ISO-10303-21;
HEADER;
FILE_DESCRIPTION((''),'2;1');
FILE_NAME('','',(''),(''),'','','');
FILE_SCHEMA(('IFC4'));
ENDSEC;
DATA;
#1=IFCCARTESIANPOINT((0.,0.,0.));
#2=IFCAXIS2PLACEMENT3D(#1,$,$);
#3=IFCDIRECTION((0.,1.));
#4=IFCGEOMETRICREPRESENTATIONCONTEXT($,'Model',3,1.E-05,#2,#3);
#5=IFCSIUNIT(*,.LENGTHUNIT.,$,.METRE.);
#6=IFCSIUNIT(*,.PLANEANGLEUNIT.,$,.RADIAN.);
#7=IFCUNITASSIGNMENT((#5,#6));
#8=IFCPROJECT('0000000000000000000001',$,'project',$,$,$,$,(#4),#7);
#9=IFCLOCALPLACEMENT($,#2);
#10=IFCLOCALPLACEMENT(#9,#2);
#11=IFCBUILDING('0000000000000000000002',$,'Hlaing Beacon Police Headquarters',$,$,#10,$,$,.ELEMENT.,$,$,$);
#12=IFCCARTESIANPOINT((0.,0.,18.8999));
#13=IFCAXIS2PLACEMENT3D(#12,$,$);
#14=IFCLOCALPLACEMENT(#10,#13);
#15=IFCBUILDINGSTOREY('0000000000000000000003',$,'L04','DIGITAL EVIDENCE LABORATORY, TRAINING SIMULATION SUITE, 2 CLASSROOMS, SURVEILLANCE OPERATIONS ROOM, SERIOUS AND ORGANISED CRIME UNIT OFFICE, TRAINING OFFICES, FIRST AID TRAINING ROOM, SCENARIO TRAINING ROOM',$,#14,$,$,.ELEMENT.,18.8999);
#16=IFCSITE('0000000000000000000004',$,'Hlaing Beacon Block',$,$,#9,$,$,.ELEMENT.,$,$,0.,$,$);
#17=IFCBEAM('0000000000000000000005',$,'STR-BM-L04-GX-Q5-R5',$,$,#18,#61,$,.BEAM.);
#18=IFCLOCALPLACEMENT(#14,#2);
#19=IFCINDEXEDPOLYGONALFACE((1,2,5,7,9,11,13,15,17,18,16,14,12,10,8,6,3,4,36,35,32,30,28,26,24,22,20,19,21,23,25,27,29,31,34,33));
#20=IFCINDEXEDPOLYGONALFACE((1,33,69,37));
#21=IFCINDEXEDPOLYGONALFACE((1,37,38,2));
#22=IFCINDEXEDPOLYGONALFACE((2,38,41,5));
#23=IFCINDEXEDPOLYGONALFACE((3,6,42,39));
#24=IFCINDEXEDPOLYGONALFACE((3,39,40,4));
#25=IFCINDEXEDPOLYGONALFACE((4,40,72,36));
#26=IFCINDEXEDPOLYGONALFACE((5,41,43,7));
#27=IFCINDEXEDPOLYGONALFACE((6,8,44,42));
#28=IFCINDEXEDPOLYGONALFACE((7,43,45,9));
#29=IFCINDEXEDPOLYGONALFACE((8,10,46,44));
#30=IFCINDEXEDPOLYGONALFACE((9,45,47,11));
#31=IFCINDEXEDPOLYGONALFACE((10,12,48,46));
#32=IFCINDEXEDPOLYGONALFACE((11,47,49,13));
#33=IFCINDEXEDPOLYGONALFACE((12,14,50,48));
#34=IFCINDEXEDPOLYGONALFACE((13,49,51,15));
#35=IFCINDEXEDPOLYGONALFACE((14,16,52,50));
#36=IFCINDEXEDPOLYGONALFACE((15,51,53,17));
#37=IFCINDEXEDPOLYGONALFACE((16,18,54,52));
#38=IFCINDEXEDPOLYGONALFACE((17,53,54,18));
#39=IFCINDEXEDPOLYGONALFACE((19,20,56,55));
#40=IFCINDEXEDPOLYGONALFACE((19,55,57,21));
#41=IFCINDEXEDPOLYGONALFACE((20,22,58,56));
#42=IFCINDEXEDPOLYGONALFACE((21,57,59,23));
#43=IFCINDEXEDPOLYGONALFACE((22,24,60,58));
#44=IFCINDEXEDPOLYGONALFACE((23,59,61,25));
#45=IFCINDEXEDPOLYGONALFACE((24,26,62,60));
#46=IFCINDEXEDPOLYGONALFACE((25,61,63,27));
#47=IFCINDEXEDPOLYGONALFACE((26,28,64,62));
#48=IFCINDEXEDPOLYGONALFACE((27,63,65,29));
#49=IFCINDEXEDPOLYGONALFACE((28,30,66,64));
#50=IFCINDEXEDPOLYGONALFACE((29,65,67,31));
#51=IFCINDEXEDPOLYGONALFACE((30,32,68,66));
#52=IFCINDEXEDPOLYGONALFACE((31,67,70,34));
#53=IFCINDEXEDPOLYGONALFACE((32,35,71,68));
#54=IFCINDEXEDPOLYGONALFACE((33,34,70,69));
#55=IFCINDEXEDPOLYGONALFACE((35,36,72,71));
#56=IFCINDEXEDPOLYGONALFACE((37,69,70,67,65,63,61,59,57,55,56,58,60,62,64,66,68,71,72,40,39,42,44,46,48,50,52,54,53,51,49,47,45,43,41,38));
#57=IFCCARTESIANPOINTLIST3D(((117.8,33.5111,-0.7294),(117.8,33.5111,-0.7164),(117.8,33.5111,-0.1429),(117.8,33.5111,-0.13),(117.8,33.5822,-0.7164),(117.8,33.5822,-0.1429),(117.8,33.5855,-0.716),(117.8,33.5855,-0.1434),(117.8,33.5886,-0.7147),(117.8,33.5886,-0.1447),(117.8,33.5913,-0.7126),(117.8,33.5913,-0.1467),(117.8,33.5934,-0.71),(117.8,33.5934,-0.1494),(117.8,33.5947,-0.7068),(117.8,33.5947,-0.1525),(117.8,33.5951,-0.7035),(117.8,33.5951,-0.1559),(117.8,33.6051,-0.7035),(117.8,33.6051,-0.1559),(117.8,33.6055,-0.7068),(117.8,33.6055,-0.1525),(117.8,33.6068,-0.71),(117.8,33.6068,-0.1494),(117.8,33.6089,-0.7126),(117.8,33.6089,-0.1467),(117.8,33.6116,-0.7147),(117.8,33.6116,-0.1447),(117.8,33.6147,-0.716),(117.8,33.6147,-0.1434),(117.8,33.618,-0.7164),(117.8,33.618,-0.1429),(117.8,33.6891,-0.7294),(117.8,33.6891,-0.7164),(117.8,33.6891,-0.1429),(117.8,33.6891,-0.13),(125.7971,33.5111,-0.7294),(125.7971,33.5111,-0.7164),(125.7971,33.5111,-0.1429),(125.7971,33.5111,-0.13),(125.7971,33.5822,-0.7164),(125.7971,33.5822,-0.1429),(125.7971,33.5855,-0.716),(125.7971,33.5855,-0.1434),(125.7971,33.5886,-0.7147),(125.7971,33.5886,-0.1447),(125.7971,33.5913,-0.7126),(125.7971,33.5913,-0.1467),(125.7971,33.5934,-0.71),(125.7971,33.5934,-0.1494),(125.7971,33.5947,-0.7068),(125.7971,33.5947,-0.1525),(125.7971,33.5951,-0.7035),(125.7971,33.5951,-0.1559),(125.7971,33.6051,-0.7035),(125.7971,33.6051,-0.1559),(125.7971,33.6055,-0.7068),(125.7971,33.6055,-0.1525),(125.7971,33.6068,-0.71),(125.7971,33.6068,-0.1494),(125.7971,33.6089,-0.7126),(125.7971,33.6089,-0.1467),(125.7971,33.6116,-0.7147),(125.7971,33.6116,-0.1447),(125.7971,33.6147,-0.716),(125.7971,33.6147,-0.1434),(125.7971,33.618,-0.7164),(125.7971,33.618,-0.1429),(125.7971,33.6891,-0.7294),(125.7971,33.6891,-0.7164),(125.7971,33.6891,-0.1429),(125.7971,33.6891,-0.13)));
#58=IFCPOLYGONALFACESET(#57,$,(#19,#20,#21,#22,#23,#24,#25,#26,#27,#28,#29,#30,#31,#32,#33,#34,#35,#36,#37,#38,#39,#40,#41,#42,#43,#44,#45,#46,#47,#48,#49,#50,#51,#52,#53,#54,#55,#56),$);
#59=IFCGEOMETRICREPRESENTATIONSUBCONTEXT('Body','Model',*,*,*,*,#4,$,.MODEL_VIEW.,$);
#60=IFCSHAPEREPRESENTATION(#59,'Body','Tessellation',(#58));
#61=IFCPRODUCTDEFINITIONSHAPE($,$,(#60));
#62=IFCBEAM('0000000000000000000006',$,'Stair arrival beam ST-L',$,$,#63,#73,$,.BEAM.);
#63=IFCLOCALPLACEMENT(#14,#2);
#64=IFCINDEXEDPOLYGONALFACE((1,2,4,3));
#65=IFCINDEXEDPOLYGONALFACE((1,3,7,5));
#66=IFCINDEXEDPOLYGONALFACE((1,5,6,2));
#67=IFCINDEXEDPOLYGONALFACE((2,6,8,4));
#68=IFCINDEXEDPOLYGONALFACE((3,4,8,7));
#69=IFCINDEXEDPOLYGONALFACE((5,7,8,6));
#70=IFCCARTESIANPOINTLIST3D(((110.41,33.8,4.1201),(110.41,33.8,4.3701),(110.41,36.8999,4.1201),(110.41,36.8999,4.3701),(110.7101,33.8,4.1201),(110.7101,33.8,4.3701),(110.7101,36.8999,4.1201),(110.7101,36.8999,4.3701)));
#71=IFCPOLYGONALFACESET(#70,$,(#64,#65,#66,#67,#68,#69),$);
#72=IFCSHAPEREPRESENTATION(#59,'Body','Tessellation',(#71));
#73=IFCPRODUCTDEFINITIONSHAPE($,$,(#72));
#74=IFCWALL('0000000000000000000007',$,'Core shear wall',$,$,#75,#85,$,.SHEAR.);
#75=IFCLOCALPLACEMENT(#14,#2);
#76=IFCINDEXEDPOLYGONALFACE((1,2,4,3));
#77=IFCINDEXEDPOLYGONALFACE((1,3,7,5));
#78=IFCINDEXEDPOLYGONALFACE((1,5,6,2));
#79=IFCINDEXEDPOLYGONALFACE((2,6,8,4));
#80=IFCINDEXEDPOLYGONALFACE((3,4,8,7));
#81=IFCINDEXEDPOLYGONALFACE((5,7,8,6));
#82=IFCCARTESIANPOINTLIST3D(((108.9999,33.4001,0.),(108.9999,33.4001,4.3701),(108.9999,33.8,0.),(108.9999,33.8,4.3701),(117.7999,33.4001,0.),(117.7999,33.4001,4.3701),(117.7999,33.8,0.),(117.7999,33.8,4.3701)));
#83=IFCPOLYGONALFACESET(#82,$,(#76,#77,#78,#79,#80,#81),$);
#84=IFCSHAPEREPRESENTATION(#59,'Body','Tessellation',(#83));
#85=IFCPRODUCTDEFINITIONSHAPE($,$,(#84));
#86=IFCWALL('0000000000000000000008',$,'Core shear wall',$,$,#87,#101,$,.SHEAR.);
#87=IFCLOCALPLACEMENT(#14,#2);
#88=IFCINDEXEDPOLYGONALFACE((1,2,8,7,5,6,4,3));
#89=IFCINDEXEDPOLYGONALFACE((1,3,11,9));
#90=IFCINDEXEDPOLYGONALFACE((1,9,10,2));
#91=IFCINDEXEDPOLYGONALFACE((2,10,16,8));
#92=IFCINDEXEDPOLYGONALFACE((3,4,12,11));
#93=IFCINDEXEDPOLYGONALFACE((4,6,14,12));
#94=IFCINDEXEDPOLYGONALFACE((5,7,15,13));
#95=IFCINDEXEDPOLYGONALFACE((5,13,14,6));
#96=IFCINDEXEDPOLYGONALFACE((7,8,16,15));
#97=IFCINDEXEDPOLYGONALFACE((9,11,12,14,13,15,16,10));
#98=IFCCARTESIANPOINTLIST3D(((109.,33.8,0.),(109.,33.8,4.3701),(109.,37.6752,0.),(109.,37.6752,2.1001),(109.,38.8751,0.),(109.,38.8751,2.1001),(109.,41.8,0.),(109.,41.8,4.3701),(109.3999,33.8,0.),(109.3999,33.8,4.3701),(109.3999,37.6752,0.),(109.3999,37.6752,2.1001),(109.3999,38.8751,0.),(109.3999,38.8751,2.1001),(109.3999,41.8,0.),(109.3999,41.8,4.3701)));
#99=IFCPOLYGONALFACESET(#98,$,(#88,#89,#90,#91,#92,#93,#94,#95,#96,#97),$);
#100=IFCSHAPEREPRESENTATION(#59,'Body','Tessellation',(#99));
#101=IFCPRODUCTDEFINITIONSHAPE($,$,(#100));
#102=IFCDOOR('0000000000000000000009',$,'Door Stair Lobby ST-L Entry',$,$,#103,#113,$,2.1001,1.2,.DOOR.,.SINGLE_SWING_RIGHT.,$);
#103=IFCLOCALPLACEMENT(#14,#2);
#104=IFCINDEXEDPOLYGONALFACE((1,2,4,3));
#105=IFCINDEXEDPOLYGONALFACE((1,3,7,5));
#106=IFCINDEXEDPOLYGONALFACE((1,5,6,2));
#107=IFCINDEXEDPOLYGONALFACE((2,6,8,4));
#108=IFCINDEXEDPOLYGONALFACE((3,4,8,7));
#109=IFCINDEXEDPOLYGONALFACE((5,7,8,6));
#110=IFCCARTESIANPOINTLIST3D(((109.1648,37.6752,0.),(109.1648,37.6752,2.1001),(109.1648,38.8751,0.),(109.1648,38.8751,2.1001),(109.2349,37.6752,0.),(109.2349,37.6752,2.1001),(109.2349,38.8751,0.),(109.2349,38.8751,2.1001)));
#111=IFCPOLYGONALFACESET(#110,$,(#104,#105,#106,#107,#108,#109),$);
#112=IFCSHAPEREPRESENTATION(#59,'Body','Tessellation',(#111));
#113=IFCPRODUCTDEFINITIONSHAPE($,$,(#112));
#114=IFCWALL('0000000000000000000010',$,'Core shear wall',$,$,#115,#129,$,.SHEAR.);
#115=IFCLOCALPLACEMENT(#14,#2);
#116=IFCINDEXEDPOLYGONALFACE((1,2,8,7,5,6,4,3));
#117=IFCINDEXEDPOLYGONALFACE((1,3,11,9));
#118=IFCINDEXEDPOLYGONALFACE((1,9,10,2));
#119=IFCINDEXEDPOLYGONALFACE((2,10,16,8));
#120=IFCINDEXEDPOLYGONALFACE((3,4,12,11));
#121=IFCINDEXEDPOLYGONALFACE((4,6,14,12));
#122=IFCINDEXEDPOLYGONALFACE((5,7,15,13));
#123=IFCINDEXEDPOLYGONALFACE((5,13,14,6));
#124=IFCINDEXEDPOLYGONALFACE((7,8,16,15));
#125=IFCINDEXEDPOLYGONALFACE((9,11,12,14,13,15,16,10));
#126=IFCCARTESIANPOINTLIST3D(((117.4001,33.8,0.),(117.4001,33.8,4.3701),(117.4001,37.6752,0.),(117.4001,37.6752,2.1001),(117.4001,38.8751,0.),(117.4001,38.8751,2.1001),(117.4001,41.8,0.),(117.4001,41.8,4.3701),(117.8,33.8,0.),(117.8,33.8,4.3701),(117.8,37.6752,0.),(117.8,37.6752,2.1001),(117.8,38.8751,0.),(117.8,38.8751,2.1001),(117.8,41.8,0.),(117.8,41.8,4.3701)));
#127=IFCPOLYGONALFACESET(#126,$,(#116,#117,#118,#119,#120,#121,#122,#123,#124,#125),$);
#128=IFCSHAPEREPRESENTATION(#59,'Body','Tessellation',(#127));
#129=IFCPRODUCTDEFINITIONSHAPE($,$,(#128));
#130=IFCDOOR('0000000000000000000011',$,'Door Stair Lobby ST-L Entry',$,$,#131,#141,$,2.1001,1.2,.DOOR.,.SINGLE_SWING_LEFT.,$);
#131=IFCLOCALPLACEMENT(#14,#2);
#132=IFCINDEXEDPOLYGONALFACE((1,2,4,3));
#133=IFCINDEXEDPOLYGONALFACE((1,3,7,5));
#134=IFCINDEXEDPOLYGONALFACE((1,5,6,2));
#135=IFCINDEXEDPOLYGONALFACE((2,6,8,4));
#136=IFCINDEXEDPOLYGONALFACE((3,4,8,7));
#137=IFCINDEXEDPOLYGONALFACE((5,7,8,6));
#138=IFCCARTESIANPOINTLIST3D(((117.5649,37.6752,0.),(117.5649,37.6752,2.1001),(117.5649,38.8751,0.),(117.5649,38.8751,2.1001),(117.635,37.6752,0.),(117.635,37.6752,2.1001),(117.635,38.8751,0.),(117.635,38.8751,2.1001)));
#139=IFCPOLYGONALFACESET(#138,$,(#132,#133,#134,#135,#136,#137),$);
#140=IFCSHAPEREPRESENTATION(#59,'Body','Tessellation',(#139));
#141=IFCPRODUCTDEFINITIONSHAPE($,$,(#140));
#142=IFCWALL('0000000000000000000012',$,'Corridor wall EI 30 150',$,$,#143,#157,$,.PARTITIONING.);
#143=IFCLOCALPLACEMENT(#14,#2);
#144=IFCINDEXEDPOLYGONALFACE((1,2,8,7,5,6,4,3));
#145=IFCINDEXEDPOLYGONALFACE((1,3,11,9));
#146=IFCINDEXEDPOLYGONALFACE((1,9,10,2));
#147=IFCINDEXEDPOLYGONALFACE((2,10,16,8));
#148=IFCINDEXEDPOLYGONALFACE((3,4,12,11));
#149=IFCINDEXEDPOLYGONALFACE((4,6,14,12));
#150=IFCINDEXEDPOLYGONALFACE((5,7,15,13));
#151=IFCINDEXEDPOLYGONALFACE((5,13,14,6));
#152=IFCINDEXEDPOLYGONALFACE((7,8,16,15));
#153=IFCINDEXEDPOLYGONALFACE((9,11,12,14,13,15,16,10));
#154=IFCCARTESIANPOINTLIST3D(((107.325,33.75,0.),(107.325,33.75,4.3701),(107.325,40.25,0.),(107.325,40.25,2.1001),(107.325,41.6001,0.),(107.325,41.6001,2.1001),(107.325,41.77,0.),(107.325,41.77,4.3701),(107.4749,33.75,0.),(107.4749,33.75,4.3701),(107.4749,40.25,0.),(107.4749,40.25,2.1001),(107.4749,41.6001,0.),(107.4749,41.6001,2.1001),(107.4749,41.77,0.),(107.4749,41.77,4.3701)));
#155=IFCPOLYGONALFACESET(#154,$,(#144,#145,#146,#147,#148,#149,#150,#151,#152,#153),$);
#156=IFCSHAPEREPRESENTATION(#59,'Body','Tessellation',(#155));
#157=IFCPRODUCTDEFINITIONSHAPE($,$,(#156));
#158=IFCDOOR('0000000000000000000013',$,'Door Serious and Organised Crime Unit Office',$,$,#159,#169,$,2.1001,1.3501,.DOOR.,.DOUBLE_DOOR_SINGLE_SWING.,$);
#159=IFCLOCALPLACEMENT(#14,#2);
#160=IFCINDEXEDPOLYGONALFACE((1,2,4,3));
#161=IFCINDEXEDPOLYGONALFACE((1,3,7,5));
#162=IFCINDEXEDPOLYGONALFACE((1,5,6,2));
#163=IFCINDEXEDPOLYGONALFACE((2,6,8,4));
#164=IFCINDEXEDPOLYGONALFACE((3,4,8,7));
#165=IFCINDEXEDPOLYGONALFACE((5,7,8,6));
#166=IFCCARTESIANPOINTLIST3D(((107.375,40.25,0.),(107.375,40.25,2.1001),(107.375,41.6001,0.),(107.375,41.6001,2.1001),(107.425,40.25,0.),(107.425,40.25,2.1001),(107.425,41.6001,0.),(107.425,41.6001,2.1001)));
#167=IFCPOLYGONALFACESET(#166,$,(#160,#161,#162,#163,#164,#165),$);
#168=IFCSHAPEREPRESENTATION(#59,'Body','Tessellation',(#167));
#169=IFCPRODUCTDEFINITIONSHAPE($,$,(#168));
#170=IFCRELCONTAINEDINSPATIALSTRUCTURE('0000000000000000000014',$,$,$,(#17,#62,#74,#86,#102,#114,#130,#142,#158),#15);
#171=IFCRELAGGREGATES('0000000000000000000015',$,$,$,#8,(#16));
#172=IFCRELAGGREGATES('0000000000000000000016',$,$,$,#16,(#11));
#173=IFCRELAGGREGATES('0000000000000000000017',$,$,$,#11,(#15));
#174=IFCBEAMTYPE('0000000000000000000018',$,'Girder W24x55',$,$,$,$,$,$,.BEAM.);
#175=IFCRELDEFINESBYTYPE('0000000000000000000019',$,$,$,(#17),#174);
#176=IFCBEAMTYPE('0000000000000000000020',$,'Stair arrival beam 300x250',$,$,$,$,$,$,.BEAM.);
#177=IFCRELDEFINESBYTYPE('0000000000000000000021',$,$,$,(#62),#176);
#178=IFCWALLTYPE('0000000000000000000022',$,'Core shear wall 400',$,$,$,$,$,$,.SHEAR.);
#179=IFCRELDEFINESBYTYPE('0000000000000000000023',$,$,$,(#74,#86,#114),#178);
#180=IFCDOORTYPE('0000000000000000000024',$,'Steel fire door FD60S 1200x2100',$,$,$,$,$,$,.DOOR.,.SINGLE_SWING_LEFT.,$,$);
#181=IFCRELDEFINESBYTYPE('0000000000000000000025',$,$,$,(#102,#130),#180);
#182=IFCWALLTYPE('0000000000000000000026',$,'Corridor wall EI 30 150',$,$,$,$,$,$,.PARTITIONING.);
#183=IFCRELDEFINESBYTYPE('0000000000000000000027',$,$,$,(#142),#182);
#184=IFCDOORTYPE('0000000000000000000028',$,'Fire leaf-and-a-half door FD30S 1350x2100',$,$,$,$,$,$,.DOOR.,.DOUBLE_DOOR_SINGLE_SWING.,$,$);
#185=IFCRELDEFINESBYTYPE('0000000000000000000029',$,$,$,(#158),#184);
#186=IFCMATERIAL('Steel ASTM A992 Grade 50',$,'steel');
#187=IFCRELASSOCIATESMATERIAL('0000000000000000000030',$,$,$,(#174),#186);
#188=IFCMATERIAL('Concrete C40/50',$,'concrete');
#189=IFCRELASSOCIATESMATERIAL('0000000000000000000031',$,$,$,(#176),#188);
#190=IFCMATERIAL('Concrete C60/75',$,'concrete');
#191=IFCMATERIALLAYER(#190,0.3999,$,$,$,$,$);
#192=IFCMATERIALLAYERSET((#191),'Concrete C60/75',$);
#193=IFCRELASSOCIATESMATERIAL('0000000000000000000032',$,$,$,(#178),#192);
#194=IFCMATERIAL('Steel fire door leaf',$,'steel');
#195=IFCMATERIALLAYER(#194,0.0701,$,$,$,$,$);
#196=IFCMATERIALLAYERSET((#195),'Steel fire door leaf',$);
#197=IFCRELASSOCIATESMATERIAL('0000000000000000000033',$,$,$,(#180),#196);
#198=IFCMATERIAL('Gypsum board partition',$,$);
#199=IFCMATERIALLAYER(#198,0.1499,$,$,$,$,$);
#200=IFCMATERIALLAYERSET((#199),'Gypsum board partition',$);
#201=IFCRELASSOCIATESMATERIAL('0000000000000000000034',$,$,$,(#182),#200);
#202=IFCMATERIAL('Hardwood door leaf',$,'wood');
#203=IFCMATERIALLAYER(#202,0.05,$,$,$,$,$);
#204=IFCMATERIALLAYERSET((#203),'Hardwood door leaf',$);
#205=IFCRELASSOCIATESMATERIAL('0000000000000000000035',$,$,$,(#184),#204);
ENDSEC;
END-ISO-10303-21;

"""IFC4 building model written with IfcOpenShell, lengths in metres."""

from ifc_helpers import new_model, si_unit, direction, frame, frame_2d, origin, origin_2d, place, context, subcontext, project, spatial, rectangle, i_section, extrude, material, layer, layer_set, material_profile, profile_set, type_object, element, fill, save


model = new_model("IFC4")

# Units and contexts
model_context = context("Model", 3, precision=1e-05, world=origin(), true_north=direction((0.0, 1.0)))
body_context = subcontext(model_context, "Body", "Model", "MODEL_VIEW")
ifc_project = project(units=[si_unit("LENGTHUNIT", "METRE"), si_unit("PLANEANGLEUNIT", "RADIAN")], contexts=[model_context])

# Site, building, storey
site_placement = place(None, origin())
site = spatial("IfcSite", under=ifc_project, at=site_placement, Name="Hlaing Beacon Block", CompositionType="ELEMENT", RefElevation=0.0)
building_placement = place(site_placement, origin())
building = spatial("IfcBuilding", under=site, at=building_placement, Name="Hlaing Beacon Police Headquarters", CompositionType="ELEMENT")
storey_placement = place(building_placement, frame((0.0, 0.0, 18.8999)))
storey = spatial("IfcBuildingStorey", under=building, at=storey_placement, Name="L04", Description="DIGITAL EVIDENCE LABORATORY, TRAINING SIMULATION SUITE, 2 CLASSROOMS, SURVEILLANCE OPERATIONS ROOM, SERIOUS AND ORGANISED CRIME UNIT OFFICE, TRAINING OFFICES, FIRST AID TRAINING ROOM, SCENARIO TRAINING ROOM", CompositionType="ELEMENT", Elevation=18.8999)

# Beams
ifc_material_1 = material(Name="Steel ASTM A992 Grade 50", Category="steel")
ifc_material_profile_1 = material_profile(ifc_material_1, i_section(OverallWidth=0.178, OverallDepth=0.5994, WebThickness=0.01, FlangeThickness=0.0129, FilletRadius=0.0129, at=origin_2d()), Name="W24x55")
ifc_profile_set_1 = profile_set([ifc_material_profile_1], Name="Steel ASTM A992 Grade 50")
beam_type_1 = type_object("IfcBeamType", Name="Girder W24x55", PredefinedType="BEAM", material=ifc_profile_set_1)
beam_1_placement = place(storey_placement, frame((117.8, 33.6001, -0.4297), z_axis=(1.0, 0.0, 0.0), x_axis=(0.0, 1.0, 0.0)))
element("IfcBeam", 1, at=beam_1_placement, inside=storey, type_object=beam_type_1, Name="STR-BM-L04-GX-Q5-R5", PredefinedType="BEAM", context=body_context, shape_type="SweptSolid", body=[
    extrude(i_section(OverallWidth=0.178, OverallDepth=0.5994, WebThickness=0.01, FlangeThickness=0.0129, FilletRadius=0.0129, at=origin_2d()), origin(), (0.0, 0.0, 1.0), 7.9971),
])
ifc_material_2 = material(Name="Concrete C40/50", Category="concrete")
ifc_material_profile_2 = material_profile(ifc_material_2, rectangle(XDim=0.3, YDim=0.25, at=origin_2d()), Name="Stair arrival beam 300x250")
ifc_profile_set_2 = profile_set([ifc_material_profile_2], Name="Concrete C40/50")
beam_type_2 = type_object("IfcBeamType", Name="Stair arrival beam 300x250", PredefinedType="BEAM", material=ifc_profile_set_2)
beam_2_placement = place(storey_placement, frame((110.5601, 33.8, 4.2451), z_axis=(0.0, 1.0, 0.0), x_axis=(-1.0, 0.0, 0.0)))
element("IfcBeam", 2, at=beam_2_placement, inside=storey, type_object=beam_type_2, Name="Stair arrival beam ST-L", PredefinedType="BEAM", context=body_context, shape_type="SweptSolid", body=[
    extrude(rectangle(XDim=0.3, YDim=0.25, at=origin_2d()), origin(), (0.0, 0.0, 1.0), 3.0999),
])

# Wall
ifc_material_3 = material(Name="Concrete C60/75", Category="concrete")
ifc_layer_1 = layer(ifc_material_3, 0.3999)
ifc_layer_set_1 = layer_set([ifc_layer_1], Name="Concrete C60/75")
wall_type_1 = type_object("IfcWallType", Name="Core shear wall 400", PredefinedType="SHEAR", material=ifc_layer_set_1)
wall_1_placement = place(storey_placement, frame((109.0, 33.6001, 0.0), z_axis=(0.0, 0.0, 1.0), x_axis=(1.0, 0.0, 0.0)))
element("IfcWall", 3, at=wall_1_placement, inside=storey, type_object=wall_type_1, Name="Core shear wall", PredefinedType="SHEAR", context=body_context, shape_type="SweptSolid", body=[
    extrude(rectangle(XDim=8.8, YDim=0.3999, at=frame_2d((4.3999, 0.0))), origin(), (0.0, 0.0, 1.0), 4.3701),
])

# Walls, openings, doors
wall_2_placement = place(storey_placement, frame((109.2, 33.8, 0.0), z_axis=(0.0, 0.0, 1.0), x_axis=(0.0, 1.0, 0.0)))
wall_2 = element("IfcWall", 4, at=wall_2_placement, inside=storey, type_object=wall_type_1, Name="Core shear wall", PredefinedType="SHEAR", context=body_context, shape_type="SweptSolid", body=[
    extrude(rectangle(XDim=8.0, YDim=0.3999, at=frame_2d((4.0, 0.0))), origin(), (0.0, 0.0, 1.0), 4.3701),
])
opening_1_placement = place(wall_2_placement, frame((3.875, 0.0, 0.0)))
opening_1 = element("IfcOpeningElement", 5, at=opening_1_placement, cuts=wall_2, PredefinedType="OPENING", context=body_context, shape_type="SweptSolid", body=[
    extrude(rectangle(XDim=1.2, YDim=2.1001, at=frame_2d((0.6001, 1.05))), frame((0.0, 0.21, 0.0), z_axis=(0.0, -1.0, 0.0), x_axis=(1.0, 0.0, 0.0)), (0.0, 0.0, 1.0), 0.4199),
])
ifc_material_4 = material(Name="Steel fire door leaf", Category="steel")
ifc_layer_2 = layer(ifc_material_4, 0.0701)
ifc_layer_set_2 = layer_set([ifc_layer_2], Name="Steel fire door leaf")
door_type_1 = type_object("IfcDoorType", Name="Steel fire door FD60S 1200x2100", OperationType="SINGLE_SWING_LEFT", PredefinedType="DOOR", material=ifc_layer_set_2)
door_1_placement = place(opening_1_placement, frame((1.2, 0.0, 0.0), z_axis=(0.0, 0.0, 1.0), x_axis=(-1.0, 0.0, 0.0)))
door_1 = element("IfcDoor", 6, at=door_1_placement, inside=storey, type_object=door_type_1, Name="Door Stair Lobby ST-L Entry", OperationType="SINGLE_SWING_RIGHT", OverallHeight=2.1001, OverallWidth=1.2, PredefinedType="DOOR", context=body_context, shape_type="SweptSolid", body=[
    extrude(rectangle(XDim=1.2, YDim=2.1001, at=frame_2d((0.5999, 1.05))), frame((0.0, 0.0349, 0.0), z_axis=(0.0, -1.0, 0.0), x_axis=(1.0, 0.0, 0.0)), (0.0, 0.0, 1.0), 0.0701),
])
fill(opening_1, door_1)
wall_3_placement = place(storey_placement, frame((117.6001, 33.8, 0.0), z_axis=(0.0, 0.0, 1.0), x_axis=(0.0, 1.0, 0.0)))
wall_3 = element("IfcWall", 7, at=wall_3_placement, inside=storey, type_object=wall_type_1, Name="Core shear wall", PredefinedType="SHEAR", context=body_context, shape_type="SweptSolid", body=[
    extrude(rectangle(XDim=8.0, YDim=0.3999, at=frame_2d((4.0, 0.0))), origin(), (0.0, 0.0, 1.0), 4.3701),
])
opening_2_placement = place(wall_3_placement, frame((3.875, 0.0, 0.0)))
opening_2 = element("IfcOpeningElement", 8, at=opening_2_placement, cuts=wall_3, PredefinedType="OPENING", context=body_context, shape_type="SweptSolid", body=[
    extrude(rectangle(XDim=1.2, YDim=2.1001, at=frame_2d((0.6001, 1.05))), frame((0.0, 0.21, 0.0), z_axis=(0.0, -1.0, 0.0), x_axis=(1.0, 0.0, 0.0)), (0.0, 0.0, 1.0), 0.4199),
])
door_2_placement = place(opening_2_placement, origin())
door_2 = element("IfcDoor", 9, at=door_2_placement, inside=storey, type_object=door_type_1, Name="Door Stair Lobby ST-L Entry", OperationType="SINGLE_SWING_LEFT", OverallHeight=2.1001, OverallWidth=1.2, PredefinedType="DOOR", context=body_context, shape_type="SweptSolid", body=[
    extrude(rectangle(XDim=1.2, YDim=2.1001, at=frame_2d((0.6001, 1.05))), frame((0.0, 0.0352, 0.0), z_axis=(0.0, -1.0, 0.0), x_axis=(1.0, 0.0, 0.0)), (0.0, 0.0, 1.0), 0.0701),
])
fill(opening_2, door_2)
ifc_material_5 = material(Name="Gypsum board partition")
ifc_layer_3 = layer(ifc_material_5, 0.1499)
ifc_layer_set_3 = layer_set([ifc_layer_3], Name="Gypsum board partition")
wall_type_2 = type_object("IfcWallType", Name="Corridor wall EI 30 150", PredefinedType="PARTITIONING", material=ifc_layer_set_3)
wall_4_placement = place(storey_placement, frame((107.3999, 33.75, 0.0), z_axis=(0.0, 0.0, 1.0), x_axis=(0.0, 1.0, 0.0)))
wall_4 = element("IfcWall", 10, at=wall_4_placement, inside=storey, type_object=wall_type_2, Name="Corridor wall EI 30 150", PredefinedType="PARTITIONING", context=body_context, shape_type="SweptSolid", body=[
    extrude(rectangle(XDim=8.02, YDim=0.1499, at=frame_2d((4.01, 0.0))), origin(), (0.0, 0.0, 1.0), 4.3701),
])
opening_3_placement = place(wall_4_placement, frame((6.5, 0.0, 0.0)))
opening_3 = element("IfcOpeningElement", 11, at=opening_3_placement, cuts=wall_4, PredefinedType="OPENING", context=body_context, shape_type="SweptSolid", body=[
    extrude(rectangle(XDim=1.3501, YDim=2.1001, at=frame_2d((0.675, 1.05))), frame((0.0, 0.085, 0.0), z_axis=(0.0, -1.0, 0.0), x_axis=(1.0, 0.0, 0.0)), (0.0, 0.0, 1.0), 0.1699),
])
ifc_material_6 = material(Name="Hardwood door leaf", Category="wood")
ifc_layer_4 = layer(ifc_material_6, 0.05)
ifc_layer_set_4 = layer_set([ifc_layer_4], Name="Hardwood door leaf")
door_type_2 = type_object("IfcDoorType", Name="Fire leaf-and-a-half door FD30S 1350x2100", OperationType="DOUBLE_DOOR_SINGLE_SWING", PredefinedType="DOOR", material=ifc_layer_set_4)
door_3_placement = place(opening_3_placement, origin())
door_3 = element("IfcDoor", 12, at=door_3_placement, inside=storey, type_object=door_type_2, Name="Door Serious and Organised Crime Unit Office", OperationType="DOUBLE_DOOR_SINGLE_SWING", OverallHeight=2.1001, OverallWidth=1.3501, PredefinedType="DOOR", context=body_context, shape_type="SweptSolid", body=[
    extrude(rectangle(XDim=1.3501, YDim=2.1001, at=frame_2d((0.675, 1.05))), frame((0.0, 0.0249, 0.0), z_axis=(0.0, -1.0, 0.0), x_axis=(1.0, 0.0, 0.0)), (0.0, 0.0, 1.0), 0.05),
])
fill(opening_3, door_3)

save(model, "model.ifc")
